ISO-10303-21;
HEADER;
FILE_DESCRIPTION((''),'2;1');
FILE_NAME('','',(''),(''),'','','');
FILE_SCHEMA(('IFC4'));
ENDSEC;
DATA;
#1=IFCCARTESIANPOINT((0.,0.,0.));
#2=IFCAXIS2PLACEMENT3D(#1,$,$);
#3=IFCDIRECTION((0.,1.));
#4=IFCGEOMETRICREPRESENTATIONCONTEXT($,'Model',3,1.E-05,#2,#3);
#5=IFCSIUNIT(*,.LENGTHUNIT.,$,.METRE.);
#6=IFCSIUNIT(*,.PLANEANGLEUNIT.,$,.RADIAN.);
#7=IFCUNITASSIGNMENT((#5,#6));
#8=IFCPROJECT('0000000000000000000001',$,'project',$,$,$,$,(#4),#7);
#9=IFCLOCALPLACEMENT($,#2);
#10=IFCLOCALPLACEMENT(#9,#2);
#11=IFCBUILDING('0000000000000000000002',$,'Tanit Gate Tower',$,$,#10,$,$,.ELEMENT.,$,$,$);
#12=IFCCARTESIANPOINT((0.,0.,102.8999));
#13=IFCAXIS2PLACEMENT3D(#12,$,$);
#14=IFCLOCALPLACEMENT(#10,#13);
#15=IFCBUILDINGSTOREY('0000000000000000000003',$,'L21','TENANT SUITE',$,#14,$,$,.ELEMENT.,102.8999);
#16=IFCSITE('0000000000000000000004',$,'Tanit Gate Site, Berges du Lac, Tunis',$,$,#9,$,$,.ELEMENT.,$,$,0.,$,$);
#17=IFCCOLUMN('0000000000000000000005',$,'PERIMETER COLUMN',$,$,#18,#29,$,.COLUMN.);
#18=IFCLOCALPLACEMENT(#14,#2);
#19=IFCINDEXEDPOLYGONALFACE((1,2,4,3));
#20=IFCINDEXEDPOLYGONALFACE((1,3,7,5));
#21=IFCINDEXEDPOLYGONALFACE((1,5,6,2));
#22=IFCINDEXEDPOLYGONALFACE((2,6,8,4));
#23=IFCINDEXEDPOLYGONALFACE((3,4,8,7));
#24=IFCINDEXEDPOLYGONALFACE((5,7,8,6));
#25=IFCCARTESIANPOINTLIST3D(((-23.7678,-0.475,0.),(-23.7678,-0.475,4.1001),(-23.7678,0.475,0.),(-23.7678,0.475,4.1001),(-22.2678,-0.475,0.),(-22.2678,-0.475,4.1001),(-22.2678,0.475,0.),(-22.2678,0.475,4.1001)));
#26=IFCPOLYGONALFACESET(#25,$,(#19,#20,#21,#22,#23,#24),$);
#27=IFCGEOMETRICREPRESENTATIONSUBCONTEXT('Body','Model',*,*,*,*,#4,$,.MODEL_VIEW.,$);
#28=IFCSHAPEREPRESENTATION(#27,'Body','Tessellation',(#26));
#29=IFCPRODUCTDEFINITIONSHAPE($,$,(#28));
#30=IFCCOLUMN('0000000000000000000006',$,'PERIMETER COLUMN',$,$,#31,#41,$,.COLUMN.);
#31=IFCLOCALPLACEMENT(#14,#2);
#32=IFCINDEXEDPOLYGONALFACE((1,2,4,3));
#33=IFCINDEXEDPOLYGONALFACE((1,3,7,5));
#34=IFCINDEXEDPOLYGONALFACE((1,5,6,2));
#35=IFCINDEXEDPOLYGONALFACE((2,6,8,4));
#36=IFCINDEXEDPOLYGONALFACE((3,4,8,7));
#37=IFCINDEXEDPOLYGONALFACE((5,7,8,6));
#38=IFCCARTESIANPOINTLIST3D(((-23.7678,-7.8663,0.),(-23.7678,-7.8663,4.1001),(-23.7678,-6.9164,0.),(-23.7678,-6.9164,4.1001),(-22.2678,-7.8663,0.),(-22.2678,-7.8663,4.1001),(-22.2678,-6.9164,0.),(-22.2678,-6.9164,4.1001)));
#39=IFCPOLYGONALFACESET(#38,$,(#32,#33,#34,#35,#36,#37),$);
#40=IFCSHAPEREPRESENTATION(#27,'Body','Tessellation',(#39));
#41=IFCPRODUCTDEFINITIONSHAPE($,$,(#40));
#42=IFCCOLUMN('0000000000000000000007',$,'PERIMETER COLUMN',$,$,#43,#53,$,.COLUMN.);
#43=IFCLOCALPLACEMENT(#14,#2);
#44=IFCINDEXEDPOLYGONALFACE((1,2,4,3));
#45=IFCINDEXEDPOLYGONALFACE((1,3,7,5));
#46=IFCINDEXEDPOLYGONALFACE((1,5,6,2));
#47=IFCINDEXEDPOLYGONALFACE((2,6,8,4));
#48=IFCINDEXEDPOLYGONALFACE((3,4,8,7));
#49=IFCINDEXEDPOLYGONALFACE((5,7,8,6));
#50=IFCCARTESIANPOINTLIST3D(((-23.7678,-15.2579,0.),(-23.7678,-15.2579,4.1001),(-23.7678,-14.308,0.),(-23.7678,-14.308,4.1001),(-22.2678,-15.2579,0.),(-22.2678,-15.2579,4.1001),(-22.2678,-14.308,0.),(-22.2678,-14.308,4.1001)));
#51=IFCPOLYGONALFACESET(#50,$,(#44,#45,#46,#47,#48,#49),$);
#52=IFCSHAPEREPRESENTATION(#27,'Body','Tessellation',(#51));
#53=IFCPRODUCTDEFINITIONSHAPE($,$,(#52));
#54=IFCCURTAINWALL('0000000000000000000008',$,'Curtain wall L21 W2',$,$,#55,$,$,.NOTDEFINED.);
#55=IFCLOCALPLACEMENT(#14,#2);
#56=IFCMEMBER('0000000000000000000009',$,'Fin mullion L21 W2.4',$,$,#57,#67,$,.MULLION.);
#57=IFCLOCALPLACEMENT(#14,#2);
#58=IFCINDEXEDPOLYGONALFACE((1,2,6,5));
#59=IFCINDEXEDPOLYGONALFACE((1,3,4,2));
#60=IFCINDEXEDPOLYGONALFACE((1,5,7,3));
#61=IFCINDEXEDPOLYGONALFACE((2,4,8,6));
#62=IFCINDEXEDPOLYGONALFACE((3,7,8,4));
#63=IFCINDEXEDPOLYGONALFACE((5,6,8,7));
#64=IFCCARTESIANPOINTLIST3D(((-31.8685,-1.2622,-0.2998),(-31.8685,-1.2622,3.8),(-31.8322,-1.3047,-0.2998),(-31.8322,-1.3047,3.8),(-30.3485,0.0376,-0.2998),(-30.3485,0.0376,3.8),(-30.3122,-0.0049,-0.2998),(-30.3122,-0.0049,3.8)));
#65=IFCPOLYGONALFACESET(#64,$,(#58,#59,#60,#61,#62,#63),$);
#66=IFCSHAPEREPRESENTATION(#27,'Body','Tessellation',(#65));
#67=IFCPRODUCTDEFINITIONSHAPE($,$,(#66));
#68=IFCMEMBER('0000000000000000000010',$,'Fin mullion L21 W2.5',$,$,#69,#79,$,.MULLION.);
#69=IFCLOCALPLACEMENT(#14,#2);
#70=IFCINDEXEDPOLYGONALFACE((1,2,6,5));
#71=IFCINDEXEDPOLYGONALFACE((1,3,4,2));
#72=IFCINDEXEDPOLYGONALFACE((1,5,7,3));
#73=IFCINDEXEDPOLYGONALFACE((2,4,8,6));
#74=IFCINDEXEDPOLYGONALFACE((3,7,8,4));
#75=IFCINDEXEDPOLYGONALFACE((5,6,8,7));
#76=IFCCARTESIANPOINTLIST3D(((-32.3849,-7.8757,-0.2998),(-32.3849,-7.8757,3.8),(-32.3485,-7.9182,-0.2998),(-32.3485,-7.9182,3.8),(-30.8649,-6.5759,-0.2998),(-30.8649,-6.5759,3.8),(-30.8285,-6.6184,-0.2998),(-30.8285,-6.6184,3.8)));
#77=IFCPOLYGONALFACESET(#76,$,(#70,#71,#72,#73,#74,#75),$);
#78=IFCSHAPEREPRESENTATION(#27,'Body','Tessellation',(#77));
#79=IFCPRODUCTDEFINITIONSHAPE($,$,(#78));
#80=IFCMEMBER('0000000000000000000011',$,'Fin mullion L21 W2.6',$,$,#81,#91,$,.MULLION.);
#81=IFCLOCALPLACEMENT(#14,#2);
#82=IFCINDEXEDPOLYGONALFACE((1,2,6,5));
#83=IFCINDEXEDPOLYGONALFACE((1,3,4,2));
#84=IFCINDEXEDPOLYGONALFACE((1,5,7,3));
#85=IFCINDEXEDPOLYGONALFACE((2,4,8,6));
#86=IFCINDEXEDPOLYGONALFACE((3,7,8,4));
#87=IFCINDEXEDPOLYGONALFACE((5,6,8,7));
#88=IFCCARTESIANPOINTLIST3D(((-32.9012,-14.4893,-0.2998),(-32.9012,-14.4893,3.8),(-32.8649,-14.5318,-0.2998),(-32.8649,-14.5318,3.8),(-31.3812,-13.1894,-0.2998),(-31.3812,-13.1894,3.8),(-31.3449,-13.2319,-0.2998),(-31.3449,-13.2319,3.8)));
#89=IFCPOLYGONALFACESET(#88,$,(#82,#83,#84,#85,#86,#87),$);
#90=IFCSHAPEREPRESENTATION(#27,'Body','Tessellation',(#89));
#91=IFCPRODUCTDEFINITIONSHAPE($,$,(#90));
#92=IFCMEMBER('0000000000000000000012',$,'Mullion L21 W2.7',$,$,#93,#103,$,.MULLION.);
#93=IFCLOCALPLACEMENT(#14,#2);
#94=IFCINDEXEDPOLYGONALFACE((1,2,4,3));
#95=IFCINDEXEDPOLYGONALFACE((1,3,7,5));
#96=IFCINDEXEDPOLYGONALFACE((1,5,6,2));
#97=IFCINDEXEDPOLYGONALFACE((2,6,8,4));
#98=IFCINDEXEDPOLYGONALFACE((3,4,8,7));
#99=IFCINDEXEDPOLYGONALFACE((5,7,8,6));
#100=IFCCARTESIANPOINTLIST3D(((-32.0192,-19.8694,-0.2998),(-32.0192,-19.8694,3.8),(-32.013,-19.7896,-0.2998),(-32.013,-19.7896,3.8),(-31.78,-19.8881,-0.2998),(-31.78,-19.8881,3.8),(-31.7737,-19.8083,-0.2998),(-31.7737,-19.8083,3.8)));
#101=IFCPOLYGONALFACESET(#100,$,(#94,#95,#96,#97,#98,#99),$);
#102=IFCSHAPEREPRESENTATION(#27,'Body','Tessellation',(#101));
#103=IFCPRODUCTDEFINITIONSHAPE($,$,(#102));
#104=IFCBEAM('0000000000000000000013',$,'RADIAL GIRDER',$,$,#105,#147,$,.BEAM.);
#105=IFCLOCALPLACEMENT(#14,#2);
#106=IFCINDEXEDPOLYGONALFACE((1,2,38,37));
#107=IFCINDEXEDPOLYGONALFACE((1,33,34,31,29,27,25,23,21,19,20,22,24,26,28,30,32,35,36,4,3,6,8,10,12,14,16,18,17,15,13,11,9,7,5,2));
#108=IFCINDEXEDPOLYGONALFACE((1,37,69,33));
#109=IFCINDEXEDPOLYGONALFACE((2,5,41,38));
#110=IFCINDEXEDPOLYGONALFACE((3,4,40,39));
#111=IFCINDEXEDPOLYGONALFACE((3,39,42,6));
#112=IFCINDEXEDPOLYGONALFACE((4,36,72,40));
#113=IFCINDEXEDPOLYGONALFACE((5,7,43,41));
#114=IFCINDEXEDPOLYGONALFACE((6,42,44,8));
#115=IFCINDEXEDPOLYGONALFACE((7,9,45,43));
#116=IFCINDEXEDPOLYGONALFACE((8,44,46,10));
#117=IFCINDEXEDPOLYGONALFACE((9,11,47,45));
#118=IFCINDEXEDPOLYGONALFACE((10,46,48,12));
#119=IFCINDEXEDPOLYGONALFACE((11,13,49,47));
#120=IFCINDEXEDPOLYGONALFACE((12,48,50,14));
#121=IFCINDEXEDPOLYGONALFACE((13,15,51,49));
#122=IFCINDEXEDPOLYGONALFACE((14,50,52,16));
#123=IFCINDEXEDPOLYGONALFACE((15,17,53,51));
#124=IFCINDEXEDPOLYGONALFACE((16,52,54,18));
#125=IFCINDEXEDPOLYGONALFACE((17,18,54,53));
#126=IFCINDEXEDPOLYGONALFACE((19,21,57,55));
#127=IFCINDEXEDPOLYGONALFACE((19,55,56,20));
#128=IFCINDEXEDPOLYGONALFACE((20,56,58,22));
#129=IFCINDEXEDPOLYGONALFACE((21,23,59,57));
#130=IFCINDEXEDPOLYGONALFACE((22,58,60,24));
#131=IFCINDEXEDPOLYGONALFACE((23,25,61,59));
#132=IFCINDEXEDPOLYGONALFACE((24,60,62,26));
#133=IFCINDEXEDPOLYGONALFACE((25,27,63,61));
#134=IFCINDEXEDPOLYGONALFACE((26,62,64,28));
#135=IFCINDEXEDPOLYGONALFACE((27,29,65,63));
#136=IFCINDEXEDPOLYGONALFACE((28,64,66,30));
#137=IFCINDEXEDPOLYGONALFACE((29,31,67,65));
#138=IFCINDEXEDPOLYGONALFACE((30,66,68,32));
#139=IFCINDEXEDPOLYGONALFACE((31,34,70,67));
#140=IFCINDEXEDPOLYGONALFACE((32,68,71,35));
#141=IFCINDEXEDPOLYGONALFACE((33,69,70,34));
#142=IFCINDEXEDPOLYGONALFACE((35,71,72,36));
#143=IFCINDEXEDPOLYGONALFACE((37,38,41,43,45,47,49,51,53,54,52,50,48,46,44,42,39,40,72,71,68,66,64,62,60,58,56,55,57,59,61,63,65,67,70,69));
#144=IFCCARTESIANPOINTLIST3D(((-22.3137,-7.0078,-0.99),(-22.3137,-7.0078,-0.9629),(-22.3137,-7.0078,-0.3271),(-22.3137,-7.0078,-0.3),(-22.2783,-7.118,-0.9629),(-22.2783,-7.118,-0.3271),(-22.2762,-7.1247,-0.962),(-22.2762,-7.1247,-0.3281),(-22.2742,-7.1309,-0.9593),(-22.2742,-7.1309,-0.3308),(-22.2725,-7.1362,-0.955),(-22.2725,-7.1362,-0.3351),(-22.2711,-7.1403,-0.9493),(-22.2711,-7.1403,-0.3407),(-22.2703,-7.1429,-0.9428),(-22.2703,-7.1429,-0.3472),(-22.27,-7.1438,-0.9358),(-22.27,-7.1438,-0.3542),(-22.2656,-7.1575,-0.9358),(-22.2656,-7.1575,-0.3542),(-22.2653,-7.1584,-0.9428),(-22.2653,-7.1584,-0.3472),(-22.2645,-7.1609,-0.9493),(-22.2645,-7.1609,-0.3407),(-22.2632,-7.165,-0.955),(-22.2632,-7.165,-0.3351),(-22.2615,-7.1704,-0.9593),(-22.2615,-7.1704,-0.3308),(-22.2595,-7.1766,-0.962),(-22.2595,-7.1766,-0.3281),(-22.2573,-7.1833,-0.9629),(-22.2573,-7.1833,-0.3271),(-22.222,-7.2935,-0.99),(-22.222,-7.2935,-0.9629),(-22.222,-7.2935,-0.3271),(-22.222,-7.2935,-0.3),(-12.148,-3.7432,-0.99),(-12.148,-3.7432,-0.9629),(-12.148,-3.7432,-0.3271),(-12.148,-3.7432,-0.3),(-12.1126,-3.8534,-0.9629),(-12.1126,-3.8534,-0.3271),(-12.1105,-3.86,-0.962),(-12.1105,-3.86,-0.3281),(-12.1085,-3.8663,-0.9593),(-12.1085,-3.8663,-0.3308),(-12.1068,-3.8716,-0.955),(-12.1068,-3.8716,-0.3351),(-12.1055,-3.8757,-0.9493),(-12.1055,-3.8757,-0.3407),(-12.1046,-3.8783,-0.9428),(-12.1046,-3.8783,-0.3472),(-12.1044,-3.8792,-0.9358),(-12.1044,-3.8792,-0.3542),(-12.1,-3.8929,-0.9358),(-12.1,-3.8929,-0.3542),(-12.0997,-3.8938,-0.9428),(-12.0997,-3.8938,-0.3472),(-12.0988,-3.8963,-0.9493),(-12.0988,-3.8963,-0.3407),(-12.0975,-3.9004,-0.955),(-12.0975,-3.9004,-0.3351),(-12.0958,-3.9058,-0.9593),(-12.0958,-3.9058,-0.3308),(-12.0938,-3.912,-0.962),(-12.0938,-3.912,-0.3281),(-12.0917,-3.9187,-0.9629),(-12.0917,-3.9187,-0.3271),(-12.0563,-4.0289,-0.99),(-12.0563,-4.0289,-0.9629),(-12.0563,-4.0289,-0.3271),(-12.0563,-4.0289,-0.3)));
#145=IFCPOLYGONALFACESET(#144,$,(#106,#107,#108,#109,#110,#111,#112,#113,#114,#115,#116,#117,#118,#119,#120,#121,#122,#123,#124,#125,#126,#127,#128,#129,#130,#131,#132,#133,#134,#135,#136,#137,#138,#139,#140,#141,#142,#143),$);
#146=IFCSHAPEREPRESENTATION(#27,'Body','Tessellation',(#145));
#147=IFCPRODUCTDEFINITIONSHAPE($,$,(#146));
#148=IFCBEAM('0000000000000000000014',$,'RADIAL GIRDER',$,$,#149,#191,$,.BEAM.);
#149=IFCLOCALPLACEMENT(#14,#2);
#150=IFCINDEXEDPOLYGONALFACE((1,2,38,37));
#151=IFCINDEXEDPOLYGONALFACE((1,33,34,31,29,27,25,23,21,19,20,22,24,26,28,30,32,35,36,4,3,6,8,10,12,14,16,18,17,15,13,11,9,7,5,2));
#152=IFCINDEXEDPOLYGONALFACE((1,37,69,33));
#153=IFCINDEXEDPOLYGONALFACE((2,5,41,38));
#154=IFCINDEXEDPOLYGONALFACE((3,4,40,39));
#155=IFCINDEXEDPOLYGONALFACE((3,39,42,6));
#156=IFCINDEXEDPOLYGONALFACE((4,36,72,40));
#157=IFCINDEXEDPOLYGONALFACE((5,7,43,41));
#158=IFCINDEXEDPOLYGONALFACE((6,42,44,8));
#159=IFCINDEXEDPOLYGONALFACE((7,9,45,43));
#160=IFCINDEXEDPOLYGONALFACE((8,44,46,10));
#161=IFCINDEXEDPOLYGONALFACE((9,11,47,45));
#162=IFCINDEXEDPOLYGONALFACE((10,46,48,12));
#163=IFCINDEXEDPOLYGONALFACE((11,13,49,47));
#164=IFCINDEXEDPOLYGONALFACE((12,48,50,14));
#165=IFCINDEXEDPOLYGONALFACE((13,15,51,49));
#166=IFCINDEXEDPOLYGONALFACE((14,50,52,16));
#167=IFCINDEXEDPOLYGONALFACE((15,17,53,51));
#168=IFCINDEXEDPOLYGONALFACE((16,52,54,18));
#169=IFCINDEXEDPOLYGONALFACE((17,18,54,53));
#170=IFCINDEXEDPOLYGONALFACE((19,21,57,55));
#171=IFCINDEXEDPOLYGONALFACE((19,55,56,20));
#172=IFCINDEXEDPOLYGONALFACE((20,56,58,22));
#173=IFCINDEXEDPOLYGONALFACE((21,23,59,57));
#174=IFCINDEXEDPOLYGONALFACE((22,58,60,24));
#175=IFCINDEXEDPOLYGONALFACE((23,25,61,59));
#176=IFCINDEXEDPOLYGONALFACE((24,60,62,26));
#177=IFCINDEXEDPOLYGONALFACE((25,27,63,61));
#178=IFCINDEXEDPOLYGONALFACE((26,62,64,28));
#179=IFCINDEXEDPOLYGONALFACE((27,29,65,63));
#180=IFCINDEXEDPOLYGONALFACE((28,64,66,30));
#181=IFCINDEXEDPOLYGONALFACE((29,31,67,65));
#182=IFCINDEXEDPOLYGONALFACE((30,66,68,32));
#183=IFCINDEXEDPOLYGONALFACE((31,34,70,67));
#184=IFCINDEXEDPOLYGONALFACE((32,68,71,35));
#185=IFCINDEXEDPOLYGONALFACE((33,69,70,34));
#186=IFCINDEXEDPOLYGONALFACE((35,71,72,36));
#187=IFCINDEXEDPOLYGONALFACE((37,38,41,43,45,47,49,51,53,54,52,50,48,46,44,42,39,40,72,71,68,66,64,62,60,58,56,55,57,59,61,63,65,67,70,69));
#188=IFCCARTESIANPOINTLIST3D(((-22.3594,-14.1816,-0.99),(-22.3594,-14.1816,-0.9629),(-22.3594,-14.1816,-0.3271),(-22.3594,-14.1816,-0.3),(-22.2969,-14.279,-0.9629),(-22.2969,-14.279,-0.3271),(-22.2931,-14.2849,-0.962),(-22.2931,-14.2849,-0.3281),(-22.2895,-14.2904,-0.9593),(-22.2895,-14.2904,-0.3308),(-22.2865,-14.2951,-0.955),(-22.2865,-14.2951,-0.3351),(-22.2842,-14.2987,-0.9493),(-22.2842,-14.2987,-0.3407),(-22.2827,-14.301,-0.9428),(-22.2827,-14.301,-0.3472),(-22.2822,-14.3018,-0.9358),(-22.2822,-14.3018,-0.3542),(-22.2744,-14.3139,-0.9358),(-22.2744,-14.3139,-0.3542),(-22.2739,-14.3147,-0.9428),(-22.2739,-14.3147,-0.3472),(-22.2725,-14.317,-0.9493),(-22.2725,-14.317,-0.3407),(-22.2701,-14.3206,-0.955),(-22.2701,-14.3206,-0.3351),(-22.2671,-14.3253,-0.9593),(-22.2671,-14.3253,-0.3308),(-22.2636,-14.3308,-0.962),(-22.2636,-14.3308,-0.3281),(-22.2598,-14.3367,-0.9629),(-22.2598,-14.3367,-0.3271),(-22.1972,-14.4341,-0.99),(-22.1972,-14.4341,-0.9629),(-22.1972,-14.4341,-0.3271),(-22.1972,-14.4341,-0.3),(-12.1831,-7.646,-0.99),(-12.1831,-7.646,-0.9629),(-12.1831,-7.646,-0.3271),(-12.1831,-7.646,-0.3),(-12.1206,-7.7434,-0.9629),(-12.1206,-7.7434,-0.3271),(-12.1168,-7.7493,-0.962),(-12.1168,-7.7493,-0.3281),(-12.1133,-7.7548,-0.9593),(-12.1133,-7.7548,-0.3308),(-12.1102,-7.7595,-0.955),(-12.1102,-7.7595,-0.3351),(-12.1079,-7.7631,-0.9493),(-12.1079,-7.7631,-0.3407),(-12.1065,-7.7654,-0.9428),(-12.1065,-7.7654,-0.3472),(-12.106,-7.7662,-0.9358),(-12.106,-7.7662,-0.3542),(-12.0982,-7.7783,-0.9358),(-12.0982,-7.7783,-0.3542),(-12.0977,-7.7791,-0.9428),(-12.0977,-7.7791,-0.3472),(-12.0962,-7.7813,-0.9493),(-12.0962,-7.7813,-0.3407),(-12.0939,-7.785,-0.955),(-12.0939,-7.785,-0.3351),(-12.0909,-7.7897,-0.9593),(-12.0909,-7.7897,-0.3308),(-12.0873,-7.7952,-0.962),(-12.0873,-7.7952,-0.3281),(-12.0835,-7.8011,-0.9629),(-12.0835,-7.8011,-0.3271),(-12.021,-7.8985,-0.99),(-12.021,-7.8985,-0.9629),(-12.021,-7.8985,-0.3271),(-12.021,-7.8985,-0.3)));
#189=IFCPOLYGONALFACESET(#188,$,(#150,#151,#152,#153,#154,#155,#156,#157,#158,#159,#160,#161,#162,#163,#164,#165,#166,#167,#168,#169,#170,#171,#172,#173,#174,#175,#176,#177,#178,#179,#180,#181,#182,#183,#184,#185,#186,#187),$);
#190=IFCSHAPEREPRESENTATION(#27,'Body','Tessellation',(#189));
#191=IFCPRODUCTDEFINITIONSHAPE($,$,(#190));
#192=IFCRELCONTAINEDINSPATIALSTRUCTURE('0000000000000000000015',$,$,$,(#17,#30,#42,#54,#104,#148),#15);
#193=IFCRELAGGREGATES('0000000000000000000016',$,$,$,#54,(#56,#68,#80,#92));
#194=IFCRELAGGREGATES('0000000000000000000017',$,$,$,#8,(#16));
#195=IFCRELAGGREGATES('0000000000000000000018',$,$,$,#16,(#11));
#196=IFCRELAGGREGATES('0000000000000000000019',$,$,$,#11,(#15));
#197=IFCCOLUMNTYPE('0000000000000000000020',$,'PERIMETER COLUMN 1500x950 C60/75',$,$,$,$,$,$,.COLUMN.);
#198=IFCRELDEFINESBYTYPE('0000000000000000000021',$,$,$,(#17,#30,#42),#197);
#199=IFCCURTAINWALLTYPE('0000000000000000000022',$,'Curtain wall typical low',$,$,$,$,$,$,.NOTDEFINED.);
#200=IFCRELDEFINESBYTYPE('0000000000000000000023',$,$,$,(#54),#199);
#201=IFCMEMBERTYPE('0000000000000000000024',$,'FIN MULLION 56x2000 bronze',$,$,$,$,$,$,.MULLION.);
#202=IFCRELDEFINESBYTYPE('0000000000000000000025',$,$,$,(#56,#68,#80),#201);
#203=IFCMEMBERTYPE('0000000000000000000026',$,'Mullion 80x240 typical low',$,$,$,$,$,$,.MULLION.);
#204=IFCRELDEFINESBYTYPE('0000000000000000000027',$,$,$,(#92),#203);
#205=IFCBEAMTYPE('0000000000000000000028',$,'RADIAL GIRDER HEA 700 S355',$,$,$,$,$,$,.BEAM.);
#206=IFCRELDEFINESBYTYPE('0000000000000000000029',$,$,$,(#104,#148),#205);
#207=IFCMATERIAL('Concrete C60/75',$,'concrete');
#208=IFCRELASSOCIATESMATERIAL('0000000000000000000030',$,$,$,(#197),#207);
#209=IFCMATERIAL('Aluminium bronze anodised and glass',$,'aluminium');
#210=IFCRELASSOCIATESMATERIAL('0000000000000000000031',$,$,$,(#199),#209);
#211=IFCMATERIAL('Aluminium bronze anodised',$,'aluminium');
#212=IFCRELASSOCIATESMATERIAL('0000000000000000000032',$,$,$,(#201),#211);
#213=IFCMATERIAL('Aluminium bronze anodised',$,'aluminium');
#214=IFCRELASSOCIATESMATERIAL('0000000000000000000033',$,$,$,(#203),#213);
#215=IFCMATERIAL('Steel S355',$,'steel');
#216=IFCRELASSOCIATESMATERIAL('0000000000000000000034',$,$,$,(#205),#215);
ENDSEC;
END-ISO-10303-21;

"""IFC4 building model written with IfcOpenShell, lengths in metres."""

from ifc_helpers import new_model, si_unit, direction, frame, origin, origin_2d, place, context, subcontext, project, spatial, rectangle, i_section, extrude, material, material_profile, profile_set, type_object, element, aggregate, save


model = new_model("IFC4")

# Units and contexts
model_context = context("Model", 3, precision=1e-05, world=origin(), true_north=direction((0.0, 1.0)))
body_context = subcontext(model_context, "Body", "Model", "MODEL_VIEW")
ifc_project = project(units=[si_unit("LENGTHUNIT", "METRE"), si_unit("PLANEANGLEUNIT", "RADIAN")], contexts=[model_context])

# Site, building, storey
site_placement = place(None, origin())
site = spatial("IfcSite", under=ifc_project, at=site_placement, Name="Tanit Gate Site, Berges du Lac, Tunis", CompositionType="ELEMENT", RefElevation=0.0)
building_placement = place(site_placement, origin())
building = spatial("IfcBuilding", under=site, at=building_placement, Name="Tanit Gate Tower", CompositionType="ELEMENT")
storey_placement = place(building_placement, frame((0.0, 0.0, 102.8999)))
storey = spatial("IfcBuildingStorey", under=building, at=storey_placement, Name="L21", Description="TENANT SUITE", CompositionType="ELEMENT", Elevation=102.8999)

# Columns
ifc_material_1 = material(Name="Concrete C60/75", Category="concrete")
ifc_material_profile_1 = material_profile(ifc_material_1, rectangle(XDim=1.5, YDim=0.95, at=origin_2d()), Name="RC 1500x950")
ifc_profile_set_1 = profile_set([ifc_material_profile_1], Name="Concrete C60/75")
column_type = type_object("IfcColumnType", Name="PERIMETER COLUMN 1500x950 C60/75", PredefinedType="COLUMN", material=ifc_profile_set_1)
for number, where, z_axis, x_axis, name in (
    (1, (-23.0178, 0.0, 0.0), (0.0, 0.0, 1.0), (-1.0, 0.0, 0.0), "PERIMETER COLUMN"),
    (2, (-23.0178, -7.3914, 0.0), (0.0, 0.0, 1.0), (-1.0, 0.0, 0.0), "PERIMETER COLUMN"),
    (3, (-23.0178, -14.783, 0.0), (0.0, 0.0, 1.0), (-1.0, 0.0, 0.0), "PERIMETER COLUMN"),
):
    element("IfcColumn", number, at=place(storey_placement, frame(where, z_axis=z_axis, x_axis=x_axis)), inside=storey, type_object=column_type, Name=name, PredefinedType="COLUMN", context=body_context, shape_type="SweptSolid", body=[
        extrude(rectangle(XDim=1.5, YDim=0.95, at=origin_2d()), origin(), (0.0, 0.0, 1.0), 4.1001),
    ])

# Curtain wall, members
ifc_material_2 = material(Name="Aluminium bronze anodised and glass", Category="aluminium")
curtain_wall_type = type_object("IfcCurtainWallType", Name="Curtain wall typical low", PredefinedType="NOTDEFINED", material=ifc_material_2)
curtain_wall_placement = place(storey_placement, origin())
curtain_wall = element("IfcCurtainWall", 4, at=curtain_wall_placement, inside=storey, type_object=curtain_wall_type, Name="Curtain wall L21 W2", PredefinedType="NOTDEFINED")
ifc_material_3 = material(Name="Aluminium bronze anodised", Category="aluminium")
ifc_material_profile_2 = material_profile(ifc_material_3, rectangle(XDim=2.0, YDim=0.0559, at=origin_2d()), Name="56x2000 bronze fin mullion")
ifc_profile_set_2 = profile_set([ifc_material_profile_2], Name="Aluminium bronze anodised")
member_type_1 = type_object("IfcMemberType", Name="FIN MULLION 56x2000 bronze", PredefinedType="MULLION", material=ifc_profile_set_2)
member_1_placement = place(storey_placement, frame((-31.0903, -0.6335, -0.2998), z_axis=(0.0, 0.0, 1.0), x_axis=(0.760002, 0.649921, 0.0)))
member_1 = element("IfcMember", 5, at=member_1_placement, type_object=member_type_1, Name="Fin mullion L21 W2.4", PredefinedType="MULLION", context=body_context, shape_type="SweptSolid", body=[
    extrude(rectangle(XDim=2.0, YDim=0.0559, at=origin_2d()), origin(), (0.0, 0.0, 1.0), 4.0999),
])
member_2_placement = place(storey_placement, frame((-31.6067, -7.2471, -0.2998), z_axis=(0.0, 0.0, 1.0), x_axis=(0.760002, 0.649921, 0.0)))
member_2 = element("IfcMember", 6, at=member_2_placement, type_object=member_type_1, Name="Fin mullion L21 W2.5", PredefinedType="MULLION", context=body_context, shape_type="SweptSolid", body=[
    extrude(rectangle(XDim=2.0, YDim=0.0559, at=origin_2d()), origin(), (0.0, 0.0, 1.0), 4.0999),
])
member_3_placement = place(storey_placement, frame((-32.123, -13.8606, -0.2998), z_axis=(0.0, 0.0, 1.0), x_axis=(0.760002, 0.649921, 0.0)))
member_3 = element("IfcMember", 7, at=member_3_placement, type_object=member_type_1, Name="Fin mullion L21 W2.6", PredefinedType="MULLION", context=body_context, shape_type="SweptSolid", body=[
    extrude(rectangle(XDim=2.0, YDim=0.0559, at=origin_2d()), origin(), (0.0, 0.0, 1.0), 4.0999),
])
ifc_material_4 = material(Name="Aluminium bronze anodised", Category="aluminium")
ifc_material_profile_3 = material_profile(ifc_material_4, rectangle(XDim=0.24, YDim=0.0801, at=origin_2d()), Name="80x240 bronze mullion")
ifc_profile_set_3 = profile_set([ifc_material_profile_3], Name="Aluminium bronze anodised")
member_type_2 = type_object("IfcMemberType", Name="Mullion 80x240 typical low", PredefinedType="MULLION", material=ifc_profile_set_3)
member_4_placement = place(storey_placement, frame((-31.8965, -19.8389, -0.2998), z_axis=(0.0, 0.0, 1.0), x_axis=(0.996966, -0.077839, 0.0)))
member_4 = element("IfcMember", 8, at=member_4_placement, type_object=member_type_2, Name="Mullion L21 W2.7", PredefinedType="MULLION", context=body_context, shape_type="SweptSolid", body=[
    extrude(rectangle(XDim=0.24, YDim=0.0801, at=origin_2d()), origin(), (0.0, 0.0, 1.0), 4.0999),
])

# Beams
ifc_material_5 = material(Name="Steel S355", Category="steel")
ifc_material_profile_4 = material_profile(ifc_material_5, i_section(OverallWidth=0.3, OverallDepth=0.6899, WebThickness=0.0144, FlangeThickness=0.0271, FilletRadius=0.0271, at=origin_2d()), Name="HEA 700")
ifc_profile_set_4 = profile_set([ifc_material_profile_4], Name="Steel S355")
beam_type = type_object("IfcBeamType", Name="RADIAL GIRDER HEA 700 S355", PredefinedType="BEAM", material=ifc_profile_set_4)
beam_1_placement = place(storey_placement, frame((-22.2678, -7.1506, -0.645), z_axis=(0.952108, 0.305761, 0.0), x_axis=(-0.305761, 0.952108, 0.0)))
element("IfcBeam", 9, at=beam_1_placement, inside=storey, type_object=beam_type, Name="RADIAL GIRDER", PredefinedType="BEAM", context=body_context, shape_type="SweptSolid", body=[
    extrude(i_section(OverallWidth=0.3, OverallDepth=0.6899, WebThickness=0.0144, FlangeThickness=0.0271, FilletRadius=0.0271, at=origin_2d()), origin(), (0.0, 0.0, 1.0), 10.677),
])
beam_2_placement = place(storey_placement, frame((-22.2783, -14.3079, -0.645), z_axis=(0.841413, 0.540392, 0.0), x_axis=(-0.540392, 0.841413, 0.0)))
element("IfcBeam", 10, at=beam_2_placement, inside=storey, type_object=beam_type, Name="RADIAL GIRDER", PredefinedType="BEAM", context=body_context, shape_type="SweptSolid", body=[
    extrude(i_section(OverallWidth=0.3, OverallDepth=0.6899, WebThickness=0.0144, FlangeThickness=0.0271, FilletRadius=0.0271, at=origin_2d()), origin(), (0.0, 0.0, 1.0), 12.0942),
])

aggregate(curtain_wall, [member_1, member_2, member_3, member_4])

save(model, "model.ifc")
